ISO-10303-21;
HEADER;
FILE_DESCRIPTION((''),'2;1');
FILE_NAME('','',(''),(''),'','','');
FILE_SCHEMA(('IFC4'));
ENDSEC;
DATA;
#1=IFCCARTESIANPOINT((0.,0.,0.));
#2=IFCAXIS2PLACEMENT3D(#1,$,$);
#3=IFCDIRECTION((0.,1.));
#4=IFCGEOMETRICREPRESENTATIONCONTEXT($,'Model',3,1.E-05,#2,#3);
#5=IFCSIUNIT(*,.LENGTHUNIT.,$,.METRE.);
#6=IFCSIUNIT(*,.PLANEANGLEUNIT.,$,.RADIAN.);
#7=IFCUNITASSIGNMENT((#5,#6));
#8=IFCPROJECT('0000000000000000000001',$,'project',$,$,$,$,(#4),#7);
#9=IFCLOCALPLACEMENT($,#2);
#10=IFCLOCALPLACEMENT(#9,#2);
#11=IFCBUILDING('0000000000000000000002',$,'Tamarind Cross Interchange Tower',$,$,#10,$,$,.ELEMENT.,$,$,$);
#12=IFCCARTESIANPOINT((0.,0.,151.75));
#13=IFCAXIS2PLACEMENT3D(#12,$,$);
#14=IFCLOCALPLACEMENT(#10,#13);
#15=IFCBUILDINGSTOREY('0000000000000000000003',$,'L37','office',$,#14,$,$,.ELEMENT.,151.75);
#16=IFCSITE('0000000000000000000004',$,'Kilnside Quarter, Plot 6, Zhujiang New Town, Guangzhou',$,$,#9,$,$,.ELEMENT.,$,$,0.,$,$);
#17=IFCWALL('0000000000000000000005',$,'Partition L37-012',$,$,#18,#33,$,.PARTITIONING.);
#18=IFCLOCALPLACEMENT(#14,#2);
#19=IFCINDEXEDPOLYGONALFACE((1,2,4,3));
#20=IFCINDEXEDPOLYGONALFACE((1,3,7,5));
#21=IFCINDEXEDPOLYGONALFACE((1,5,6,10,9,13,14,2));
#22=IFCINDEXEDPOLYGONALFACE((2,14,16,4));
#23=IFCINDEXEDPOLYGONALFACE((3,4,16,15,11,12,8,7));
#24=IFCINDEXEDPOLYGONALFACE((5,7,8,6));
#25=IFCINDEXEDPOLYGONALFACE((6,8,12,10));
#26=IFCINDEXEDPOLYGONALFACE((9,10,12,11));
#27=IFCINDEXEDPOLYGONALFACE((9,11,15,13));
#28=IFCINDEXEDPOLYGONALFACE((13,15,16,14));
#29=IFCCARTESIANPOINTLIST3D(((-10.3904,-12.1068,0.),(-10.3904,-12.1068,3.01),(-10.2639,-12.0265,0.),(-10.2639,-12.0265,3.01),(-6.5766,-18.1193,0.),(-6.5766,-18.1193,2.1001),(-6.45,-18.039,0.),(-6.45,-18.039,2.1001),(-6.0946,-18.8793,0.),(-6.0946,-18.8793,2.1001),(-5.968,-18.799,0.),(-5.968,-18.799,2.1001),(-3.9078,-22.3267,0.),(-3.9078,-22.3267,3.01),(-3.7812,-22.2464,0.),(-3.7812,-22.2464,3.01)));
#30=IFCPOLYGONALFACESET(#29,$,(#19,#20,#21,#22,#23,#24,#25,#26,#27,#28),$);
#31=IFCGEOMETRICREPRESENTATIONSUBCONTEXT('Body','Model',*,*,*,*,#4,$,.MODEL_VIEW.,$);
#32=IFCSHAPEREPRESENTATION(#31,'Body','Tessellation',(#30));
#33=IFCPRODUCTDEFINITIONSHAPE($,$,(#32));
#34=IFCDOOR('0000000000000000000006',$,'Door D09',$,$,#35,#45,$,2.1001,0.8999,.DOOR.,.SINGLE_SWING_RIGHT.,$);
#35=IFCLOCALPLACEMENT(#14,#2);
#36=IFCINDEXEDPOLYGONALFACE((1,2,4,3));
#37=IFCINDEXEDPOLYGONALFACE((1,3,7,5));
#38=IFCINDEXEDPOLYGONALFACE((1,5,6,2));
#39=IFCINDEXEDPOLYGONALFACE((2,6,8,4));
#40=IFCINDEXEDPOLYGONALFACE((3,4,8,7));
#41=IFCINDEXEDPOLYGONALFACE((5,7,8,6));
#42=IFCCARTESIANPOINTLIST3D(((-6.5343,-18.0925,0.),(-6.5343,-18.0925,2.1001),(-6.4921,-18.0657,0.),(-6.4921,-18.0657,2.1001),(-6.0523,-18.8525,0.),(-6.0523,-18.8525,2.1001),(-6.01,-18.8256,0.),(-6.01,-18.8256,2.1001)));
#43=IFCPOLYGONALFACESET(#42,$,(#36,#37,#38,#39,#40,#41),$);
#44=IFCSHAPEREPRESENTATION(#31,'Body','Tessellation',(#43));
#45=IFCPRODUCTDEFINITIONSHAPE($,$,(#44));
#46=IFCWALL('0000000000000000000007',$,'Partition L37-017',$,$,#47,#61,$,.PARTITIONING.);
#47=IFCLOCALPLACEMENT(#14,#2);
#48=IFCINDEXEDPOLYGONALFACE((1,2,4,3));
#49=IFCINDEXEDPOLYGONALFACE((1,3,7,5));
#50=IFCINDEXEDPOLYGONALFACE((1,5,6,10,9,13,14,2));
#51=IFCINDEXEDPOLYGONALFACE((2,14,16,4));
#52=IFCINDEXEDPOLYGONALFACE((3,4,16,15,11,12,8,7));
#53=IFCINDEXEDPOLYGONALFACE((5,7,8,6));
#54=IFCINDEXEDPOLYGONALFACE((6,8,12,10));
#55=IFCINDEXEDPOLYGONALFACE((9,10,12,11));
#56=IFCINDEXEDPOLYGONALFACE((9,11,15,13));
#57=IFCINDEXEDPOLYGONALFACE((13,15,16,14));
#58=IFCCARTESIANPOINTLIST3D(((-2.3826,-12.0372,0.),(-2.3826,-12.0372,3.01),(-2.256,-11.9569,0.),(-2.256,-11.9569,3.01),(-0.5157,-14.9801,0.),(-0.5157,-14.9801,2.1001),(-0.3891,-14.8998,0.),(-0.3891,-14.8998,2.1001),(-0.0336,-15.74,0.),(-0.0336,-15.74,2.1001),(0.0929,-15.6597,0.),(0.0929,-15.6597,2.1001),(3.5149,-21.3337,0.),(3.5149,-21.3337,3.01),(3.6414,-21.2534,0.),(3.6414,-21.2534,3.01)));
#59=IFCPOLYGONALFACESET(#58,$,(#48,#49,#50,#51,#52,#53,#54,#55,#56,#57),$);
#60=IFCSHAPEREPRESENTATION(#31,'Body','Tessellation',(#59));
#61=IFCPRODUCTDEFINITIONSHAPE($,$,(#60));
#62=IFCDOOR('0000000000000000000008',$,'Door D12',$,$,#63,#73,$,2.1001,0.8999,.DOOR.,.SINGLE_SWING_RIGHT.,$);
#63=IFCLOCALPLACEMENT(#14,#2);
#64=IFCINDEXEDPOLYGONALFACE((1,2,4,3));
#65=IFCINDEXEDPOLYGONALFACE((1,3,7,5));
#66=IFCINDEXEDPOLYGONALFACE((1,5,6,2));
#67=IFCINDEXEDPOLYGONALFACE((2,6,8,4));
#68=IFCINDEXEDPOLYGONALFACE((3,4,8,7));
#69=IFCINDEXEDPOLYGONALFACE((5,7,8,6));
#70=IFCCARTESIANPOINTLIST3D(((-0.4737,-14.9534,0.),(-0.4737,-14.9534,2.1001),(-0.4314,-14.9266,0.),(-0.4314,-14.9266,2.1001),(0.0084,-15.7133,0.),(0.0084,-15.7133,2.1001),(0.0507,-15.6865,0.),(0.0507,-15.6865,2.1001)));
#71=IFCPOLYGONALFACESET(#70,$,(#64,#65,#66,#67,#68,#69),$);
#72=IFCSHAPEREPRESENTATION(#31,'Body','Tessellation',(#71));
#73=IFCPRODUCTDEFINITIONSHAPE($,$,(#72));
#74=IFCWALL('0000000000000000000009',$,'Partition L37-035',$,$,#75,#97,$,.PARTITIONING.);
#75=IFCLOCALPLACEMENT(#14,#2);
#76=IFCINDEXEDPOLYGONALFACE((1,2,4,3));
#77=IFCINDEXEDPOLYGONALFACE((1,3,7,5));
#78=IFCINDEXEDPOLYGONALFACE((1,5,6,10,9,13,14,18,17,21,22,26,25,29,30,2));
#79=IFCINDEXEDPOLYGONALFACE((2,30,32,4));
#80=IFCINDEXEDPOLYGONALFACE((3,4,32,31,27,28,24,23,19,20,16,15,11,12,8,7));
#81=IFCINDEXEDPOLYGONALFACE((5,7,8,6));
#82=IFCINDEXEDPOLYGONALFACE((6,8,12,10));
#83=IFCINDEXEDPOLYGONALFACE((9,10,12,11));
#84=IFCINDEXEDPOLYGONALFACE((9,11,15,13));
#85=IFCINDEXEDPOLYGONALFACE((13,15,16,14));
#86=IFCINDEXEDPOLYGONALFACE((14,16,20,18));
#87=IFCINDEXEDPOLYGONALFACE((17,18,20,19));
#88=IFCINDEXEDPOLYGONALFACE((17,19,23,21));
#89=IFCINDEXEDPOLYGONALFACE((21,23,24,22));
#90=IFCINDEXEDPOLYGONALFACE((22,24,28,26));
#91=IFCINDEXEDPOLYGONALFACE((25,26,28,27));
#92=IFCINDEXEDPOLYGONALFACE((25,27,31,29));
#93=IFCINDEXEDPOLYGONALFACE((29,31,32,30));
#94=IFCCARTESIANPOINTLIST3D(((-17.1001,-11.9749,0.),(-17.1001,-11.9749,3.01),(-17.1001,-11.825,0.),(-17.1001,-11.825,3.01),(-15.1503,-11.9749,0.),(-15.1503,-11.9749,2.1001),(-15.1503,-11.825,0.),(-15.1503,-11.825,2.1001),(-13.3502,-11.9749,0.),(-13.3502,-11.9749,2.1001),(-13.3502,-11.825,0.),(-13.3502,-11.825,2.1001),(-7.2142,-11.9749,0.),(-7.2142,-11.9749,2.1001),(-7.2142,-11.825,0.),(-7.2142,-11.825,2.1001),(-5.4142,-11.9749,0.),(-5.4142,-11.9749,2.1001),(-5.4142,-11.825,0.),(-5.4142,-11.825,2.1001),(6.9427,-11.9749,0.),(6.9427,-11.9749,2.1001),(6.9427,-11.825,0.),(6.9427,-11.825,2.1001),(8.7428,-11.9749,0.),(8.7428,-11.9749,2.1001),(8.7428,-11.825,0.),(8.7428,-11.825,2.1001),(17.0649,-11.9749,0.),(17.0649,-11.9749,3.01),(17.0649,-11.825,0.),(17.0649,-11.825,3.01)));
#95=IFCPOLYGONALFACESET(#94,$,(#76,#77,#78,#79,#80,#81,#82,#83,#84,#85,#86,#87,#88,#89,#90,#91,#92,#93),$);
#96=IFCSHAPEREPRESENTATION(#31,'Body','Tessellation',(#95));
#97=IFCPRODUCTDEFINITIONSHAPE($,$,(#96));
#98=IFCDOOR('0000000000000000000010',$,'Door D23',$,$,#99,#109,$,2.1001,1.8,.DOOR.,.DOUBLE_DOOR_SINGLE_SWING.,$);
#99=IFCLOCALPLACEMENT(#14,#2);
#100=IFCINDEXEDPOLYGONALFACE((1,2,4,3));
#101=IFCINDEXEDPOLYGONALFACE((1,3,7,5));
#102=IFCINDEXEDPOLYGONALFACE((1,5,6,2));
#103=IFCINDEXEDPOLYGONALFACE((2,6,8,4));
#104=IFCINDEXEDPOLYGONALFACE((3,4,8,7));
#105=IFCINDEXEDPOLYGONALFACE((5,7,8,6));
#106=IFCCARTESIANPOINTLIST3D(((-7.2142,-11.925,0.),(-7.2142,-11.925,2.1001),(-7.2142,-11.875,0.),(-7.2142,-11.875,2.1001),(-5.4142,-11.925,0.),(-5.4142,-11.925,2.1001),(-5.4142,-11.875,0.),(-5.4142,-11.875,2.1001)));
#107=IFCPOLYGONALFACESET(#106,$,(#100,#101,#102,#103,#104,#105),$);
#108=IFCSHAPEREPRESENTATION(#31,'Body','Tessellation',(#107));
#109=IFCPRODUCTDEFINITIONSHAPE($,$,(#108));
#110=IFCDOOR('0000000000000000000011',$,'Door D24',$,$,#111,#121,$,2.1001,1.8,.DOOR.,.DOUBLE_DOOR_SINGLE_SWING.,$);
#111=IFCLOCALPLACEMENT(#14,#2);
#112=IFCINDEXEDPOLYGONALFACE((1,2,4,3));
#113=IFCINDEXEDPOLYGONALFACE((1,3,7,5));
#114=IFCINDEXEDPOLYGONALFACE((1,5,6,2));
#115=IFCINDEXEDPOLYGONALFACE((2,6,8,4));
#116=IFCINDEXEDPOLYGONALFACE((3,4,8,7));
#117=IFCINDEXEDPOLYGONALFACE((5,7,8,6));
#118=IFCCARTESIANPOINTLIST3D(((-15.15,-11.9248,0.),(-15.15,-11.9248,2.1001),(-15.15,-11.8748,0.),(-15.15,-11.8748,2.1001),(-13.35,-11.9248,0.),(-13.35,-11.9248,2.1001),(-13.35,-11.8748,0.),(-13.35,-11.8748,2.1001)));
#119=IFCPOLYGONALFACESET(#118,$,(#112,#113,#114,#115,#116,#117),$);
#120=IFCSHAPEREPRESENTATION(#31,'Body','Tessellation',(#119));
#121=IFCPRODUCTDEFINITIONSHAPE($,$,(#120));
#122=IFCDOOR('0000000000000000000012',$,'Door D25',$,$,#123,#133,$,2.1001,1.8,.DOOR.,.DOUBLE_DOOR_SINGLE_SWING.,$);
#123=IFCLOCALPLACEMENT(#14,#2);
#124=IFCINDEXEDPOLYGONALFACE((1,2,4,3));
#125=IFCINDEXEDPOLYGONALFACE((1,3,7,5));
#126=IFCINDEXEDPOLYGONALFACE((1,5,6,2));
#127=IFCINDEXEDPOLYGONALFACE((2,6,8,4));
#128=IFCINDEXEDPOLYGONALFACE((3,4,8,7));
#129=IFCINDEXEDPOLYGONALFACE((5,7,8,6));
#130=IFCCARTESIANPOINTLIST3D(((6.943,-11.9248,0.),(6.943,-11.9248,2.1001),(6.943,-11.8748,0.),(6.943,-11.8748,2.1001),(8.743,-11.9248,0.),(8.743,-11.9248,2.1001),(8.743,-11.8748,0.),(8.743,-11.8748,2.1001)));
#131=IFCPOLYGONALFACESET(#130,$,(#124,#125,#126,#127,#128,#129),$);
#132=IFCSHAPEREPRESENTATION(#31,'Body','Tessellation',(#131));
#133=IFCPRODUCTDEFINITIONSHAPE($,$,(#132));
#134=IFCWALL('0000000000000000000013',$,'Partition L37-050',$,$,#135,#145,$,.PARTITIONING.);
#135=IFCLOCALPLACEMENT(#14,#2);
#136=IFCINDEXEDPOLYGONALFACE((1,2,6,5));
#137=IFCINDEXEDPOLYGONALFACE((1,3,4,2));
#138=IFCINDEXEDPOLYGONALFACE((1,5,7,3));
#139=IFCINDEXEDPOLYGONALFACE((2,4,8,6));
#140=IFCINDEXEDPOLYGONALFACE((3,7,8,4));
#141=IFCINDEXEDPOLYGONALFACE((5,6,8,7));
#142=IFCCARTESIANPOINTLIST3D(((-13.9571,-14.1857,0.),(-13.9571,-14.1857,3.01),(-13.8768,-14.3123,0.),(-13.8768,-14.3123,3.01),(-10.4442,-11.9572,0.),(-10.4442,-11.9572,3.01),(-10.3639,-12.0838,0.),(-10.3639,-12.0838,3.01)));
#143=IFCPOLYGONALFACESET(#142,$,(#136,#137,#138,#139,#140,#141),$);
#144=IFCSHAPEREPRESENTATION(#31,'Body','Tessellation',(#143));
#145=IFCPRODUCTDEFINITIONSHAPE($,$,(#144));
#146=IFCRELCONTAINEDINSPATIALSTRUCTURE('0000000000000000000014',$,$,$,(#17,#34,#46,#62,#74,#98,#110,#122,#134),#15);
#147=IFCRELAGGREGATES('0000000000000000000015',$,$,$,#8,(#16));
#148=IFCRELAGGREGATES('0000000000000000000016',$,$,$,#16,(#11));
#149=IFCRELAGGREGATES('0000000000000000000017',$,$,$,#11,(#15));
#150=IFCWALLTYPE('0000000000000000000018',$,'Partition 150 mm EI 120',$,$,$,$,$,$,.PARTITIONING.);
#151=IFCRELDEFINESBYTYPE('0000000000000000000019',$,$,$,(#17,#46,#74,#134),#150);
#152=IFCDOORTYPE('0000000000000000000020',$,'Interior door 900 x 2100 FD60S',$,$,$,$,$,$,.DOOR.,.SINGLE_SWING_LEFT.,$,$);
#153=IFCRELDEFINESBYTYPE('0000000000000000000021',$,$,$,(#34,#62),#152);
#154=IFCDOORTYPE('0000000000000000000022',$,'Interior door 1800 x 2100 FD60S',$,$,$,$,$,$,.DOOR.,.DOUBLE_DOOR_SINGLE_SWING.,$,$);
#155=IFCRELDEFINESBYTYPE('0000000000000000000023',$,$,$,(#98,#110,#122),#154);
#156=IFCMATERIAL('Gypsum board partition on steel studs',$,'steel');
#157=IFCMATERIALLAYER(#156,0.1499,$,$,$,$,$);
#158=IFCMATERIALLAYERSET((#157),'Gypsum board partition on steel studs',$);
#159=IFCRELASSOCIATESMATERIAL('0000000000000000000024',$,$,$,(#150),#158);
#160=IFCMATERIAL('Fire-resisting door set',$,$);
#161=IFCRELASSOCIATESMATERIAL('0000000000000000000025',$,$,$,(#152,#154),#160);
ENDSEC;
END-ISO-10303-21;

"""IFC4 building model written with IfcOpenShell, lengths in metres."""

from ifc_helpers import new_model, si_unit, direction, frame, frame_2d, origin, place, context, subcontext, project, spatial, rectangle, extrude, material, layer, layer_set, type_object, element, fill, save


model = new_model("IFC4")

# Units and contexts
model_context = context("Model", 3, precision=1e-05, world=origin(), true_north=direction((0.0, 1.0)))
body_context = subcontext(model_context, "Body", "Model", "MODEL_VIEW")
ifc_project = project(units=[si_unit("LENGTHUNIT", "METRE"), si_unit("PLANEANGLEUNIT", "RADIAN")], contexts=[model_context])

# Site, building, storey
site_placement = place(None, origin())
site = spatial("IfcSite", under=ifc_project, at=site_placement, Name="Kilnside Quarter, Plot 6, Zhujiang New Town, Guangzhou", CompositionType="ELEMENT", RefElevation=0.0)
building_placement = place(site_placement, origin())
building = spatial("IfcBuilding", under=site, at=building_placement, Name="Tamarind Cross Interchange Tower", CompositionType="ELEMENT")
storey_placement = place(building_placement, frame((0.0, 0.0, 151.75)))
storey = spatial("IfcBuildingStorey", under=building, at=storey_placement, Name="L37", Description="office", CompositionType="ELEMENT", Elevation=151.75)

# Shared definitions
ifc_material_1 = material(Name="Gypsum board partition on steel studs", Category="steel")

# Walls, openings, doors
ifc_layer_1 = layer(ifc_material_1, 0.1499)
ifc_layer_set_1 = layer_set([ifc_layer_1], Name="Gypsum board partition on steel studs")
wall_type_1 = type_object("IfcWallType", Name="Partition 150 mm EI 120", PredefinedType="PARTITIONING", material=ifc_layer_set_1)
wall_1_placement = place(storey_placement, frame((-10.3271, -12.0667, 0.0), z_axis=(0.0, 0.0, 1.0), x_axis=(0.535643, -0.844445, 0.0)))
wall_1 = element("IfcWall", 1, at=wall_1_placement, inside=storey, type_object=wall_type_1, Name="Partition L37-012", PredefinedType="PARTITIONING", context=body_context, shape_type="SweptSolid", body=[
    extrude(rectangle(XDim=12.1025, YDim=0.1499, at=frame_2d((6.0513, 0.0))), origin(), (0.0, 0.0, 1.0), 3.01),
])
opening_1_placement = place(wall_1_placement, frame((7.1201, 0.0, 0.0)))
opening_1 = element("IfcOpeningElement", 2, at=opening_1_placement, cuts=wall_1, PredefinedType="OPENING", context=body_context, shape_type="SweptSolid", body=[
    extrude(rectangle(XDim=0.8999, YDim=2.1001, at=frame_2d((0.45, 1.05))), frame((0.0, 0.085, 0.0), z_axis=(0.0, -1.0, 0.0), x_axis=(1.0, 0.0, 0.0)), (0.0, 0.0, 1.0), 0.1699),
])
ifc_material_2 = material(Name="Fire-resisting door set")
door_type_1 = type_object("IfcDoorType", Name="Interior door 900 x 2100 FD60S", OperationType="SINGLE_SWING_LEFT", PredefinedType="DOOR", material=ifc_material_2)
door_1_placement = place(opening_1_placement, frame((0.8999, 0.0, 0.0), z_axis=(0.0, 0.0, 1.0), x_axis=(-1.0, 0.0, 0.0)))
door_1 = element("IfcDoor", 3, at=door_1_placement, inside=storey, type_object=door_type_1, Name="Door D09", OperationType="SINGLE_SWING_RIGHT", OverallHeight=2.1001, OverallWidth=0.8999, PredefinedType="DOOR", context=body_context, shape_type="SweptSolid", body=[
    extrude(rectangle(XDim=0.8999, YDim=2.1001, at=frame_2d((0.45, 1.05))), frame((0.0, 0.0249, 0.0), z_axis=(0.0, -1.0, 0.0), x_axis=(1.0, 0.0, 0.0)), (0.0, 0.0, 1.0), 0.05),
])
fill(opening_1, door_1)
wall_2_placement = place(storey_placement, frame((-2.3193, -11.9971, 0.0), z_axis=(0.0, 0.0, 1.0), x_axis=(0.535684, -0.844419, 0.0)))
wall_2 = element("IfcWall", 4, at=wall_2_placement, inside=storey, type_object=wall_type_1, Name="Partition L37-017", PredefinedType="PARTITIONING", context=body_context, shape_type="SweptSolid", body=[
    extrude(rectangle(XDim=11.0093, YDim=0.1499, at=frame_2d((5.5046, 0.0))), origin(), (0.0, 0.0, 1.0), 3.01),
])
opening_2_placement = place(wall_2_placement, frame((3.4851, 0.0, 0.0)))
opening_2 = element("IfcOpeningElement", 5, at=opening_2_placement, cuts=wall_2, PredefinedType="OPENING", context=body_context, shape_type="SweptSolid", body=[
    extrude(rectangle(XDim=0.8999, YDim=2.1001, at=frame_2d((0.45, 1.05))), frame((0.0, 0.085, 0.0), z_axis=(0.0, -1.0, 0.0), x_axis=(1.0, 0.0, 0.0)), (0.0, 0.0, 1.0), 0.1699),
])
door_2_placement = place(opening_2_placement, origin())
door_2 = element("IfcDoor", 6, at=door_2_placement, inside=storey, type_object=door_type_1, Name="Door D12", OperationType="SINGLE_SWING_RIGHT", OverallHeight=2.1001, OverallWidth=0.8999, PredefinedType="DOOR", context=body_context, shape_type="SweptSolid", body=[
    extrude(rectangle(XDim=0.8999, YDim=2.1001, at=frame_2d((0.45, 1.05))), frame((0.0, 0.0249, 0.0), z_axis=(0.0, -1.0, 0.0), x_axis=(1.0, 0.0, 0.0)), (0.0, 0.0, 1.0), 0.05),
])
fill(opening_2, door_2)

# Wall, openings, doors
wall_3_placement = place(storey_placement, frame((-17.1001, -11.8999, 0.0), z_axis=(0.0, 0.0, 1.0), x_axis=(1.0, 0.0, 0.0)))
wall_3 = element("IfcWall", 7, at=wall_3_placement, inside=storey, type_object=wall_type_1, Name="Partition L37-035", PredefinedType="PARTITIONING", context=body_context, shape_type="SweptSolid", body=[
    extrude(rectangle(XDim=34.165, YDim=0.1499, at=frame_2d((17.0825, 0.0))), origin(), (0.0, 0.0, 1.0), 3.01),
])
opening_3_placement = place(wall_3_placement, frame((9.886, 0.0, 0.0)))
opening_3 = element("IfcOpeningElement", 8, at=opening_3_placement, cuts=wall_3, PredefinedType="OPENING", context=body_context, shape_type="SweptSolid", body=[
    extrude(rectangle(XDim=1.8, YDim=2.1001, at=frame_2d((0.8999, 1.05))), frame((0.0, 0.085, 0.0), z_axis=(0.0, -1.0, 0.0), x_axis=(1.0, 0.0, 0.0)), (0.0, 0.0, 1.0), 0.1699),
])
opening_4_placement = place(wall_3_placement, frame((1.95, 0.0, 0.0)))
opening_4 = element("IfcOpeningElement", 9, at=opening_4_placement, cuts=wall_3, PredefinedType="OPENING", context=body_context, shape_type="SweptSolid", body=[
    extrude(rectangle(XDim=1.8, YDim=2.1001, at=frame_2d((0.8999, 1.05))), frame((0.0, 0.085, 0.0), z_axis=(0.0, -1.0, 0.0), x_axis=(1.0, 0.0, 0.0)), (0.0, 0.0, 1.0), 0.1699),
])
opening_5_placement = place(wall_3_placement, frame((24.043, 0.0, 0.0)))
opening_5 = element("IfcOpeningElement", 10, at=opening_5_placement, cuts=wall_3, PredefinedType="OPENING", context=body_context, shape_type="SweptSolid", body=[
    extrude(rectangle(XDim=1.8, YDim=2.1001, at=frame_2d((0.8999, 1.05))), frame((0.0, 0.085, 0.0), z_axis=(0.0, -1.0, 0.0), x_axis=(1.0, 0.0, 0.0)), (0.0, 0.0, 1.0), 0.1699),
])
door_type_2 = type_object("IfcDoorType", Name="Interior door 1800 x 2100 FD60S", OperationType="DOUBLE_DOOR_SINGLE_SWING", PredefinedType="DOOR", material=ifc_material_2)
door_3_placement = place(opening_3_placement, origin())
door_3 = element("IfcDoor", 11, at=door_3_placement, inside=storey, type_object=door_type_2, Name="Door D23", OperationType="DOUBLE_DOOR_SINGLE_SWING", OverallHeight=2.1001, OverallWidth=1.8, PredefinedType="DOOR", context=body_context, shape_type="SweptSolid", body=[
    extrude(rectangle(XDim=1.8, YDim=2.1001, at=frame_2d((0.8999, 1.05))), frame((0.0, 0.0249, 0.0), z_axis=(0.0, -1.0, 0.0), x_axis=(1.0, 0.0, 0.0)), (0.0, 0.0, 1.0), 0.05),
])
fill(opening_3, door_3)
door_4_placement = place(opening_4_placement, frame((1.8, 0.0, 0.0), z_axis=(0.0, 0.0, 1.0), x_axis=(-1.0, 0.0, 0.0)))
door_4 = element("IfcDoor", 12, at=door_4_placement, inside=storey, type_object=door_type_2, Name="Door D24", OperationType="DOUBLE_DOOR_SINGLE_SWING", OverallHeight=2.1001, OverallWidth=1.8, PredefinedType="DOOR", context=body_context, shape_type="SweptSolid", body=[
    extrude(rectangle(XDim=1.8, YDim=2.1001, at=frame_2d((0.8999, 1.05))), frame((0.0, 0.0249, 0.0), z_axis=(0.0, -1.0, 0.0), x_axis=(1.0, 0.0, 0.0)), (0.0, 0.0, 1.0), 0.05),
])
fill(opening_4, door_4)
door_5_placement = place(opening_5_placement, frame((1.8, 0.0, 0.0), z_axis=(0.0, 0.0, 1.0), x_axis=(-1.0, 0.0, 0.0)))
door_5 = element("IfcDoor", 13, at=door_5_placement, inside=storey, type_object=door_type_2, Name="Door D25", OperationType="DOUBLE_DOOR_SINGLE_SWING", OverallHeight=2.1001, OverallWidth=1.8, PredefinedType="DOOR", context=body_context, shape_type="SweptSolid", body=[
    extrude(rectangle(XDim=1.8, YDim=2.1001, at=frame_2d((0.8999, 1.05))), frame((0.0, 0.0249, 0.0), z_axis=(0.0, -1.0, 0.0), x_axis=(1.0, 0.0, 0.0)), (0.0, 0.0, 1.0), 0.05),
])
fill(opening_5, door_5)

# Wall
wall_4_placement = place(storey_placement, frame((-13.917, -14.249, 0.0), z_axis=(0.0, 0.0, 1.0), x_axis=(0.844422, 0.535679, 0.0)))
element("IfcWall", 14, at=wall_4_placement, inside=storey, type_object=wall_type_1, Name="Partition L37-050", PredefinedType="PARTITIONING", context=body_context, shape_type="SweptSolid", body=[
    extrude(rectangle(XDim=4.1602, YDim=0.1499, at=frame_2d((2.0801, 0.0))), origin(), (0.0, 0.0, 1.0), 3.01),
])

save(model, "model.ifc")
